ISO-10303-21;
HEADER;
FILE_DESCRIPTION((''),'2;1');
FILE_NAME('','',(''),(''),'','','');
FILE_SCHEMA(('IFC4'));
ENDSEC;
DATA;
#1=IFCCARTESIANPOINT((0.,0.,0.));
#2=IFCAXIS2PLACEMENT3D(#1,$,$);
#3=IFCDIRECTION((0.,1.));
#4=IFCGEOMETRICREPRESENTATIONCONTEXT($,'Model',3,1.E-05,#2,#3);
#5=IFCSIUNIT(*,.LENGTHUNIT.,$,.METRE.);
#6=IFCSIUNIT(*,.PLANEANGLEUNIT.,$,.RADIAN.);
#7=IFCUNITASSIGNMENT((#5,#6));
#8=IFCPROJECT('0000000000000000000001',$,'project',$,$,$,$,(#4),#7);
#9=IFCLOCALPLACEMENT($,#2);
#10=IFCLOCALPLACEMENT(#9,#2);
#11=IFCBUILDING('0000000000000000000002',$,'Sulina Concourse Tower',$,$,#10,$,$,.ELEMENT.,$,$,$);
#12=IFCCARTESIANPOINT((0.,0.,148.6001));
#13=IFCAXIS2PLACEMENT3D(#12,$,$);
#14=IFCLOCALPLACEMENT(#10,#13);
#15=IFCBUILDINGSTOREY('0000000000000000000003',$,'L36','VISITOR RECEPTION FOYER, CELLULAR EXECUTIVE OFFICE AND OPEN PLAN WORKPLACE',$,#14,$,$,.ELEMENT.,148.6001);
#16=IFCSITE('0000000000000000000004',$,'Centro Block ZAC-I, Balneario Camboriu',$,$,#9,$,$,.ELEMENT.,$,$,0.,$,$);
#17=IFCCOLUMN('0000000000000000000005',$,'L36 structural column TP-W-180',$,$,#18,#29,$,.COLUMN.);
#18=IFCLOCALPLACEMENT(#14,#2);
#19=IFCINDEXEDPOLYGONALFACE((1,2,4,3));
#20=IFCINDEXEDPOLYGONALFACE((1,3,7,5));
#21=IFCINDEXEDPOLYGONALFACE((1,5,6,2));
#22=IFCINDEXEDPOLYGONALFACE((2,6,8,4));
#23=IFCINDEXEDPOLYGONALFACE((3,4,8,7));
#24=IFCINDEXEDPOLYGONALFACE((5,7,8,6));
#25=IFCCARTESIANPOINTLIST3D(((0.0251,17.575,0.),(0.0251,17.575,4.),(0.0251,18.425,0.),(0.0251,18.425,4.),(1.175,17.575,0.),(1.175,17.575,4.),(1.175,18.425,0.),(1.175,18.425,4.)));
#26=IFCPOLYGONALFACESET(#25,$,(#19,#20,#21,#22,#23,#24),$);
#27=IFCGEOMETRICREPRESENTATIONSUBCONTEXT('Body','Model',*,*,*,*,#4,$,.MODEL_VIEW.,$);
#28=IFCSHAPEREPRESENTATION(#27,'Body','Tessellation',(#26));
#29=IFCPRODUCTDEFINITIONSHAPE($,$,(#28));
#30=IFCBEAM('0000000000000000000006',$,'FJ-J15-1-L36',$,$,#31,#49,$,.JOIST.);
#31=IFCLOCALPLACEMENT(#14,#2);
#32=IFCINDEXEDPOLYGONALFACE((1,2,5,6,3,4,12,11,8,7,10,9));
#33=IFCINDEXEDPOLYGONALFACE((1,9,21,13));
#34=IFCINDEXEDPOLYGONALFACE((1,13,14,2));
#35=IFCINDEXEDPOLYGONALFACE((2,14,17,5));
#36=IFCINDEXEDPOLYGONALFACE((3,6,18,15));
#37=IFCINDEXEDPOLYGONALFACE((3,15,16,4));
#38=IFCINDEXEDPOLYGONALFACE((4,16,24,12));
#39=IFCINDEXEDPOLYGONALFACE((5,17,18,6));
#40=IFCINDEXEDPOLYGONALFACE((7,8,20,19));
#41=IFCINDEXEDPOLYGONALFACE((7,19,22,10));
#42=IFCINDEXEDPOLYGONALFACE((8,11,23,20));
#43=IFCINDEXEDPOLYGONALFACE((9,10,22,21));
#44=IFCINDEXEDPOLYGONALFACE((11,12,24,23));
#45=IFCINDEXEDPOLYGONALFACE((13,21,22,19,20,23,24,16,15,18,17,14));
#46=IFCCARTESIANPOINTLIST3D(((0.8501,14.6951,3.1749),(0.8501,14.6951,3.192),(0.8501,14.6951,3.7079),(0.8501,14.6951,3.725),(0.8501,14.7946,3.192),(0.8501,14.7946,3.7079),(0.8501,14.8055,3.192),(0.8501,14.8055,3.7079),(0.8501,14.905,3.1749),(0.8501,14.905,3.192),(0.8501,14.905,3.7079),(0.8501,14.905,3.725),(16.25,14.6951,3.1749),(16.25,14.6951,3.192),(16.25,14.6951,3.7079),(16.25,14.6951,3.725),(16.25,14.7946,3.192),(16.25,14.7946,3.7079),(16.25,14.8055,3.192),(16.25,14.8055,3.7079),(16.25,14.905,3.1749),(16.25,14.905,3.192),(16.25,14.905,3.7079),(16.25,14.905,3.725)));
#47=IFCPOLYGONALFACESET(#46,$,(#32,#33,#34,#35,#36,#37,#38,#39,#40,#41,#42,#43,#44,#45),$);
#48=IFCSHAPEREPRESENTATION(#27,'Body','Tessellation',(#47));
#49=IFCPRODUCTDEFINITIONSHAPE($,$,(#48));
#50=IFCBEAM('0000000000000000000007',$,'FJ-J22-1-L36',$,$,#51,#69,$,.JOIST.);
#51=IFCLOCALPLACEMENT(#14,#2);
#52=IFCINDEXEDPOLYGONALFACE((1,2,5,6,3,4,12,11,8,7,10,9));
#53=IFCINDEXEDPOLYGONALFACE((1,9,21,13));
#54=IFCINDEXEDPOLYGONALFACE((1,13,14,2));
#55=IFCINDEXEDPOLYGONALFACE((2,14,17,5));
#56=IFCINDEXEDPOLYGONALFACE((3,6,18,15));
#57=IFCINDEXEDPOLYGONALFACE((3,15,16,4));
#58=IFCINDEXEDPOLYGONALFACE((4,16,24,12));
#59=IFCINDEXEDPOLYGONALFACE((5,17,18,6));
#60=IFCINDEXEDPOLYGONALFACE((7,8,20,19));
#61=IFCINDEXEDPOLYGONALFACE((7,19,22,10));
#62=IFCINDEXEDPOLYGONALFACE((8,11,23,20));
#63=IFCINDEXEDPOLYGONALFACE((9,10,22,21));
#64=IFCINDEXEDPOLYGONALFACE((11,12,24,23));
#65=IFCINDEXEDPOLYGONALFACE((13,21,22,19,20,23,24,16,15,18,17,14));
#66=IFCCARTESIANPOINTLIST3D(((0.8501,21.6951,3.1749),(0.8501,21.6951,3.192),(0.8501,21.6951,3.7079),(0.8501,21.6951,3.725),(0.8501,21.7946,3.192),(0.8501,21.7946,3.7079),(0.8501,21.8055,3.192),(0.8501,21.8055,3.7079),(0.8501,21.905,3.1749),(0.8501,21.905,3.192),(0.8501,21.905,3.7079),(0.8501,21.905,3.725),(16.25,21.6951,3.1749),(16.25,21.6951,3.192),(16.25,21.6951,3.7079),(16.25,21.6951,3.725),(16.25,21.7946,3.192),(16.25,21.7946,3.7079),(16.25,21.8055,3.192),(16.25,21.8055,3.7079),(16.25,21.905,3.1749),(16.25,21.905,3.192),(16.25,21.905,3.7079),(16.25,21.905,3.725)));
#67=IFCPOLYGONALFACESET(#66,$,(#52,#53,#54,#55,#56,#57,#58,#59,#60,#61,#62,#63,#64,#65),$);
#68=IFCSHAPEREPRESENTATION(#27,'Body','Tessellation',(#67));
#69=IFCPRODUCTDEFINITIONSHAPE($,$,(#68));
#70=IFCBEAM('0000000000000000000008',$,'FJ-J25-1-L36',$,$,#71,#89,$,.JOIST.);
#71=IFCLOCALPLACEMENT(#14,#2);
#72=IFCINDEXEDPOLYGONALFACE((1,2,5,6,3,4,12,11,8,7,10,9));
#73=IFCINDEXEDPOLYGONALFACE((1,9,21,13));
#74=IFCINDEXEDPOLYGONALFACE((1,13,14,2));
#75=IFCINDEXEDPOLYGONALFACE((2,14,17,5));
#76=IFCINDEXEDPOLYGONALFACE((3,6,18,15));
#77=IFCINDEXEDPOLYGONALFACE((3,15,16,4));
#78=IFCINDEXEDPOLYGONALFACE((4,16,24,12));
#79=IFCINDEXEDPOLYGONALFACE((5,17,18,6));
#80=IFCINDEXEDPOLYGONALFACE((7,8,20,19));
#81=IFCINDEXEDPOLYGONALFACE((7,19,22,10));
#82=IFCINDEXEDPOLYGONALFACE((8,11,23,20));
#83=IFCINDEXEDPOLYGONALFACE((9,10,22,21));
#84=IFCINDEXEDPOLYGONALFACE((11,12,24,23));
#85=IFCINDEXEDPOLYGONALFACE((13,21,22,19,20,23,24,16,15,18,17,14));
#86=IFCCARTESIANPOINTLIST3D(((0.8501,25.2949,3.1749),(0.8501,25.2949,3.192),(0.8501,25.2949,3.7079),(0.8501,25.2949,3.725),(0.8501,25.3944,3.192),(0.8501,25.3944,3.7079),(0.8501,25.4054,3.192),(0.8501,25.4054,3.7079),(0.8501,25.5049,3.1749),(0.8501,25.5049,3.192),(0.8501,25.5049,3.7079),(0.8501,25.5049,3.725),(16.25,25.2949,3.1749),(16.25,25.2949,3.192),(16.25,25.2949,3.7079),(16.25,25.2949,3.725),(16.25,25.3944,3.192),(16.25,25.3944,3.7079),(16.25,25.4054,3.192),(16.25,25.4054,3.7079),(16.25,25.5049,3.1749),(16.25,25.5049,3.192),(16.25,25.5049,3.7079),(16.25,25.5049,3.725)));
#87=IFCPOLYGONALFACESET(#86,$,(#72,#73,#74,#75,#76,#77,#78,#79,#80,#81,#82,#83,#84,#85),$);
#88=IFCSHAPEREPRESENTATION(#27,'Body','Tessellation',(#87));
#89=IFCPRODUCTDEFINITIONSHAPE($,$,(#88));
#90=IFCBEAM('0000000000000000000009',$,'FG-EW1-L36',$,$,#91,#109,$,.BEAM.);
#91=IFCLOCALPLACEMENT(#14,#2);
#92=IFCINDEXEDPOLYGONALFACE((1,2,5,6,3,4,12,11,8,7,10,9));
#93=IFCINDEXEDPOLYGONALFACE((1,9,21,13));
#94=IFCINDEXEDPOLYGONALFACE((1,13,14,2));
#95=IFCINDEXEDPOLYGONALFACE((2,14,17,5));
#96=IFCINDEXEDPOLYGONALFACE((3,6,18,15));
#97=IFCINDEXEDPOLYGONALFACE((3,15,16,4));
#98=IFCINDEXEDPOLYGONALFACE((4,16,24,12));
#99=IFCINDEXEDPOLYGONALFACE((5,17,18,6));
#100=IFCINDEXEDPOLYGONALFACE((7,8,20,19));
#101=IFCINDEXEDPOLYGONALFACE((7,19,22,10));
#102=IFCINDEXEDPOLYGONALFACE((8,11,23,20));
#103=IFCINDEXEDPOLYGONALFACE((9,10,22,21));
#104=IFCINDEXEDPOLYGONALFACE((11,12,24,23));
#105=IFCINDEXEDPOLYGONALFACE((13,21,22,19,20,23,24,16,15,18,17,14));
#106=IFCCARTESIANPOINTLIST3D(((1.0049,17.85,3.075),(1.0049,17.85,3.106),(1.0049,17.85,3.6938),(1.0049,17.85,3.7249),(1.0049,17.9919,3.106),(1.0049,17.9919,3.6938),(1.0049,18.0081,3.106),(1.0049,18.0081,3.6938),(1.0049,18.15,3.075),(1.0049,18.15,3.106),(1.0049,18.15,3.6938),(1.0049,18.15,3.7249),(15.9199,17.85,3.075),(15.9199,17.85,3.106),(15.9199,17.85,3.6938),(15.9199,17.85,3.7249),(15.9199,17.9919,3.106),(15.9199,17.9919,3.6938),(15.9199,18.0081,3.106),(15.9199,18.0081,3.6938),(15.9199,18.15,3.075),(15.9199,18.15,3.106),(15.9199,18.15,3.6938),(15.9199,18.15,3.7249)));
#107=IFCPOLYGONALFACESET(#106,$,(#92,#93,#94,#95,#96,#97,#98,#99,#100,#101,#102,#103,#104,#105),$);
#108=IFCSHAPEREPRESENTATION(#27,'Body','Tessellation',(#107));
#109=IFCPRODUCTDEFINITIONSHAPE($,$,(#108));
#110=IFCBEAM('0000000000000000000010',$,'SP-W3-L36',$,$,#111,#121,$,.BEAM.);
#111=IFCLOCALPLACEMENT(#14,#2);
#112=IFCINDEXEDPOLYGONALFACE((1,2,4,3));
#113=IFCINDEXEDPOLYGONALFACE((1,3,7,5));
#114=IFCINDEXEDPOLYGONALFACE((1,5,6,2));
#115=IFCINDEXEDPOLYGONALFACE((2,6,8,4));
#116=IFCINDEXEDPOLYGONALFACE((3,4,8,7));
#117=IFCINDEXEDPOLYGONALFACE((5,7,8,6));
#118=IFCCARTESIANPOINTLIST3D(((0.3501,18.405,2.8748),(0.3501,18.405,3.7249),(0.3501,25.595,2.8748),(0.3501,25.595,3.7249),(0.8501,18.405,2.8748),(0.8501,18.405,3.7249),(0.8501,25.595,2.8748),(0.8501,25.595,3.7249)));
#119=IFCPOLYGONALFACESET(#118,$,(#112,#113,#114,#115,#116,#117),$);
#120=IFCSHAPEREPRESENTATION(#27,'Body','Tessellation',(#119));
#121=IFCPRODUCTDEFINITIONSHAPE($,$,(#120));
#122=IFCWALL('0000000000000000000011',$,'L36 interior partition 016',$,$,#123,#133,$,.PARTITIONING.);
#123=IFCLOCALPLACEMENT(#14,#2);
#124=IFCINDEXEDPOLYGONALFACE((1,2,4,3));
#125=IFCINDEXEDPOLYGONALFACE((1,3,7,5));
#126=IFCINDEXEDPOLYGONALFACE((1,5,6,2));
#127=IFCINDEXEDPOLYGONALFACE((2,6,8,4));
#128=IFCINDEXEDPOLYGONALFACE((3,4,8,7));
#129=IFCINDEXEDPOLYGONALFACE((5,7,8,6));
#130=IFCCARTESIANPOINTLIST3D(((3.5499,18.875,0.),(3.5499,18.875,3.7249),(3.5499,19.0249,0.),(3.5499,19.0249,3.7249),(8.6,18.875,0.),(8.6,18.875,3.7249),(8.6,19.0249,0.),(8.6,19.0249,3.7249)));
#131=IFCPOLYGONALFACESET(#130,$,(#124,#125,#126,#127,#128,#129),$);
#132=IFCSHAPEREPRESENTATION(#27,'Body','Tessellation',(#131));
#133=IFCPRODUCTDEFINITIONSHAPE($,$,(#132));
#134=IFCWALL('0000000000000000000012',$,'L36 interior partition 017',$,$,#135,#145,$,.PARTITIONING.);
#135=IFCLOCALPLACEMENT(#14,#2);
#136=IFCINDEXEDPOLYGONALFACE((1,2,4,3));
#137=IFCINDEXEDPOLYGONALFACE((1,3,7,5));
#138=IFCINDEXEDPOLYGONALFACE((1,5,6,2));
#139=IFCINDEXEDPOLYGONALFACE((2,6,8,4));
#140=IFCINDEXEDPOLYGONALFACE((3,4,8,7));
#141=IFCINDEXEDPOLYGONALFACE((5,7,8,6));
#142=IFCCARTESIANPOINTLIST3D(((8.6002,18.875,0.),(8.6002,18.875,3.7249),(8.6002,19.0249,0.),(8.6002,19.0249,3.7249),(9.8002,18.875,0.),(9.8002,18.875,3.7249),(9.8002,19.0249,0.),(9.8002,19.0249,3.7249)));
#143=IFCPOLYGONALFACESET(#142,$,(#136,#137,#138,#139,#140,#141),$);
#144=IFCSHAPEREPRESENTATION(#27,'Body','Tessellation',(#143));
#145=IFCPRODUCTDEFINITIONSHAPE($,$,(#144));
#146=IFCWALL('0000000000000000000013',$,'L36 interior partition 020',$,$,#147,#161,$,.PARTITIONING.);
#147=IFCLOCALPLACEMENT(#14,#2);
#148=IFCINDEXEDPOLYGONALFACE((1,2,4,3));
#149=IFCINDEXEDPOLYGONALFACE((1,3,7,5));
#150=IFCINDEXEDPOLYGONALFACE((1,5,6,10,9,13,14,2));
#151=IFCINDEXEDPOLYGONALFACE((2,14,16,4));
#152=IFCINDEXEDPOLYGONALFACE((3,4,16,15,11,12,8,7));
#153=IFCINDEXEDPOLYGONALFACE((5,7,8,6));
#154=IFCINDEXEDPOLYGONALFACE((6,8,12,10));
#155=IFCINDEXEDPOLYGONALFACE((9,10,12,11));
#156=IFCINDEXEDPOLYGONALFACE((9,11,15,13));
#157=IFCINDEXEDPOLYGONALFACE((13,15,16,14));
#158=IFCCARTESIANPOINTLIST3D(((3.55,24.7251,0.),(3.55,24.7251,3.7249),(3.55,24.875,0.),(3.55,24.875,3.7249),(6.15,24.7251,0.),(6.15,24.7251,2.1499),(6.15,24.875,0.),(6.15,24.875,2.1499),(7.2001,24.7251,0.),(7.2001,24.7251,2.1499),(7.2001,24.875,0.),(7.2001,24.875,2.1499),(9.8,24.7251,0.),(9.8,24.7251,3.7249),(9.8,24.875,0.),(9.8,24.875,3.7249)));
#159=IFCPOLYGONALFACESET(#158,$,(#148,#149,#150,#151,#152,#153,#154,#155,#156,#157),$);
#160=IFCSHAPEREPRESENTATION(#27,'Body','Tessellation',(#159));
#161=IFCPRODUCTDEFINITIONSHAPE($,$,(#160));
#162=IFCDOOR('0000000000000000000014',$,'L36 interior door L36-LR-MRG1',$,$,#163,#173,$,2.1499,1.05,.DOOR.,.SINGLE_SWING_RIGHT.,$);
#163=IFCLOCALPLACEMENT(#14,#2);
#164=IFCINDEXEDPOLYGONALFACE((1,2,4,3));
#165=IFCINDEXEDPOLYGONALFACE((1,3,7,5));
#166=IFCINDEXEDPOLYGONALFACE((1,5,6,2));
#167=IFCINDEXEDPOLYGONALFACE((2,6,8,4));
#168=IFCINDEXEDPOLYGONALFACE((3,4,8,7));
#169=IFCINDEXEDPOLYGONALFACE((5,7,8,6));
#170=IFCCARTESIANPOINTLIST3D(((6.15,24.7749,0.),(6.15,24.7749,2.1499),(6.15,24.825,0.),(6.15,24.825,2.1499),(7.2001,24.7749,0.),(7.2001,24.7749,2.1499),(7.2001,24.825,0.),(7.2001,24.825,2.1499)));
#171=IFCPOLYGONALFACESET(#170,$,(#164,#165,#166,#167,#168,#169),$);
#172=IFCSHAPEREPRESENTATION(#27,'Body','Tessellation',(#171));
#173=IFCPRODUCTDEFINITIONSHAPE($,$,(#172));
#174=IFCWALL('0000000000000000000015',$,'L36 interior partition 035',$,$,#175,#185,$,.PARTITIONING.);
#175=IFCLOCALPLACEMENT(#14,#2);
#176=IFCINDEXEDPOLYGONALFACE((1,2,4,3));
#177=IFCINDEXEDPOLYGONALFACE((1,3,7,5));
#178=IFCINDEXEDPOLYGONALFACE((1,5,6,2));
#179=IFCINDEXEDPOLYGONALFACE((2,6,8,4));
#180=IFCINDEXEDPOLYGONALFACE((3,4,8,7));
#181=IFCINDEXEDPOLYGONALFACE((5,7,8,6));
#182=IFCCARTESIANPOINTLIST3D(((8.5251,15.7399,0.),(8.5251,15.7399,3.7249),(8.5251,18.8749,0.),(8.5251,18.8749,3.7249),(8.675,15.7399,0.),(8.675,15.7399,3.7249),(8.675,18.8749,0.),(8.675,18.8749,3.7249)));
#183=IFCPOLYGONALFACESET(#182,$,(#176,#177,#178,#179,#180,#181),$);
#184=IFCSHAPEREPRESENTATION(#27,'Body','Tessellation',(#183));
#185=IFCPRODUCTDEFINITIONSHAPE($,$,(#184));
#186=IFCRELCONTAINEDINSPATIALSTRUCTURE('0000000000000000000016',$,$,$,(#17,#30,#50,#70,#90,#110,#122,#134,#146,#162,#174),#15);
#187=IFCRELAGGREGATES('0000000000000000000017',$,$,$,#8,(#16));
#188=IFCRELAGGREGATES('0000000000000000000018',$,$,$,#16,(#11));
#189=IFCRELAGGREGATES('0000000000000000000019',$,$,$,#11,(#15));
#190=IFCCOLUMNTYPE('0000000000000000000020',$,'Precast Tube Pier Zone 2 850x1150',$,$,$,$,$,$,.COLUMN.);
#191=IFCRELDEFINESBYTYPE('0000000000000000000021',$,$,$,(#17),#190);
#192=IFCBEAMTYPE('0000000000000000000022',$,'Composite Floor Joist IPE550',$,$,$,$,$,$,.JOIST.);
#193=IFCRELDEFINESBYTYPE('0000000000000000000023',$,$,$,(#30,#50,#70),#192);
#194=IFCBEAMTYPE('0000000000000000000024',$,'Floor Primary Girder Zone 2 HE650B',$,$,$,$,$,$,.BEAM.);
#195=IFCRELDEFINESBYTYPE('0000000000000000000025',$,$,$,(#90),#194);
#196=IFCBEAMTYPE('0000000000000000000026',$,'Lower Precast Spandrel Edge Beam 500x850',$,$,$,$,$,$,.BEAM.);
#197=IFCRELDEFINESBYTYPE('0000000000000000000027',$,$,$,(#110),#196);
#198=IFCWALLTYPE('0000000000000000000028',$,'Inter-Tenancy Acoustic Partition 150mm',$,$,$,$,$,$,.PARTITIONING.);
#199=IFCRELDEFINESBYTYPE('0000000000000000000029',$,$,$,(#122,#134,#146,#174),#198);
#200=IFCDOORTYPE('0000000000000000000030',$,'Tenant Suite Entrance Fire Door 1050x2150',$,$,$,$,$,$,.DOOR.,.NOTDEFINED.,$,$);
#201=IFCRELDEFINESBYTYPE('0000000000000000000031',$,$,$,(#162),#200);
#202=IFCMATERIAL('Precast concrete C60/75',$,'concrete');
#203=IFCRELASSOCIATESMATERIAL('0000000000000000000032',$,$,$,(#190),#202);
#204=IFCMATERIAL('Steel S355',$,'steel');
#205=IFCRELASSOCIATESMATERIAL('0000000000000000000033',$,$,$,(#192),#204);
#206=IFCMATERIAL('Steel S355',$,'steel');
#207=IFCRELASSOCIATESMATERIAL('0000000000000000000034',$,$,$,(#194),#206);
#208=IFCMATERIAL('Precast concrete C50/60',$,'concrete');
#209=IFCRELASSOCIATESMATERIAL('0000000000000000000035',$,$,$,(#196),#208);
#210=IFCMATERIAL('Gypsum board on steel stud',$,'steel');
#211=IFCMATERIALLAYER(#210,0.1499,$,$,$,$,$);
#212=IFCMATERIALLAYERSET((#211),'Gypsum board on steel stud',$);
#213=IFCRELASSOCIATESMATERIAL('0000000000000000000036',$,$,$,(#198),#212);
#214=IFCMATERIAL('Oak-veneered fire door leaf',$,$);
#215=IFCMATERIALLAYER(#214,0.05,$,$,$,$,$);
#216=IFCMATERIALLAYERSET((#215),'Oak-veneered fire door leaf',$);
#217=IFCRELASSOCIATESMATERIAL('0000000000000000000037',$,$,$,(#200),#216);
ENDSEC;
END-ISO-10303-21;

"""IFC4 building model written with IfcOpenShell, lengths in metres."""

from ifc_helpers import new_model, si_unit, direction, frame, frame_2d, origin, origin_2d, place, context, subcontext, project, spatial, rectangle, i_section, extrude, material, layer, layer_set, material_profile, profile_set, type_object, element, fill, save


model = new_model("IFC4")

# Units and contexts
model_context = context("Model", 3, precision=1e-05, world=origin(), true_north=direction((0.0, 1.0)))
body_context = subcontext(model_context, "Body", "Model", "MODEL_VIEW")
ifc_project = project(units=[si_unit("LENGTHUNIT", "METRE"), si_unit("PLANEANGLEUNIT", "RADIAN")], contexts=[model_context])

# Site, building, storey
site_placement = place(None, origin())
site = spatial("IfcSite", under=ifc_project, at=site_placement, Name="Centro Block ZAC-I, Balneario Camboriu", CompositionType="ELEMENT", RefElevation=0.0)
building_placement = place(site_placement, origin())
building = spatial("IfcBuilding", under=site, at=building_placement, Name="Sulina Concourse Tower", CompositionType="ELEMENT")
storey_placement = place(building_placement, frame((0.0, 0.0, 148.6001)))
storey = spatial("IfcBuildingStorey", under=building, at=storey_placement, Name="L36", Description="VISITOR RECEPTION FOYER, CELLULAR EXECUTIVE OFFICE AND OPEN PLAN WORKPLACE", CompositionType="ELEMENT", Elevation=148.6001)

# Column
ifc_material_1 = material(Name="Precast concrete C60/75", Category="concrete")
ifc_material_profile_1 = material_profile(ifc_material_1, rectangle(XDim=0.8501, YDim=1.1499, at=origin_2d()), Name="PC 850x1150")
ifc_profile_set_1 = profile_set([ifc_material_profile_1], Name="Precast concrete C60/75")
column_type = type_object("IfcColumnType", Name="Precast Tube Pier Zone 2 850x1150", PredefinedType="COLUMN", material=ifc_profile_set_1)
column_placement = place(storey_placement, frame((0.6001, 18.0, 0.0), z_axis=(0.0, 0.0, 1.0), x_axis=(0.0, 1.0, 0.0)))
element("IfcColumn", 1, at=column_placement, inside=storey, type_object=column_type, Name="L36 structural column TP-W-180", PredefinedType="COLUMN", context=body_context, shape_type="SweptSolid", body=[
    extrude(rectangle(XDim=0.8501, YDim=1.1499, at=origin_2d()), origin(), (0.0, 0.0, 1.0), 4.0),
])

# Beams
ifc_material_2 = material(Name="Steel S355", Category="steel")
ifc_material_profile_2 = material_profile(ifc_material_2, i_section(OverallWidth=0.21, OverallDepth=0.55, WebThickness=0.011, FlangeThickness=0.0171, at=origin_2d()), Name="IPE 550")
ifc_profile_set_2 = profile_set([ifc_material_profile_2], Name="Steel S355")
beam_type_1 = type_object("IfcBeamType", Name="Composite Floor Joist IPE550", PredefinedType="JOIST", material=ifc_profile_set_2)
for number, where, z_axis, x_axis, name in (
    (2, (0.8501, 14.8, 3.45), (1.0, 0.0, 0.0), (0.0, 1.0, 0.0), "FJ-J15-1-L36"),
    (3, (0.8501, 21.8, 3.45), (1.0, 0.0, 0.0), (0.0, 1.0, 0.0), "FJ-J22-1-L36"),
    (4, (0.8501, 25.3999, 3.45), (1.0, 0.0, 0.0), (0.0, 1.0, 0.0), "FJ-J25-1-L36"),
):
    element("IfcBeam", number, at=place(storey_placement, frame(where, z_axis=z_axis, x_axis=x_axis)), inside=storey, type_object=beam_type_1, Name=name, PredefinedType="JOIST", context=body_context, shape_type="SweptSolid", body=[
        extrude(i_section(OverallWidth=0.21, OverallDepth=0.55, WebThickness=0.011, FlangeThickness=0.0171, at=origin_2d()), origin(), (0.0, 0.0, 1.0), 15.3999),
    ])
ifc_material_3 = material(Name="Steel S355", Category="steel")
ifc_material_profile_3 = material_profile(ifc_material_3, i_section(OverallWidth=0.3, OverallDepth=0.6499, WebThickness=0.0161, FlangeThickness=0.031, at=origin_2d()), Name="HE 650 B")
ifc_profile_set_3 = profile_set([ifc_material_profile_3], Name="Steel S355")
beam_type_2 = type_object("IfcBeamType", Name="Floor Primary Girder Zone 2 HE650B", PredefinedType="BEAM", material=ifc_profile_set_3)
beam_1_placement = place(storey_placement, frame((1.0049, 18.0, 3.3999), z_axis=(1.0, 0.0, 0.0), x_axis=(0.0, 1.0, 0.0)))
element("IfcBeam", 5, at=beam_1_placement, inside=storey, type_object=beam_type_2, Name="FG-EW1-L36", PredefinedType="BEAM", context=body_context, shape_type="SweptSolid", body=[
    extrude(i_section(OverallWidth=0.3, OverallDepth=0.6499, WebThickness=0.0161, FlangeThickness=0.031, at=origin_2d()), origin(), (0.0, 0.0, 1.0), 14.915),
])
ifc_material_4 = material(Name="Precast concrete C50/60", Category="concrete")
ifc_material_profile_4 = material_profile(ifc_material_4, rectangle(XDim=0.5, YDim=0.8501, at=origin_2d()), Name="RC 500x850")
ifc_profile_set_4 = profile_set([ifc_material_profile_4], Name="Precast concrete C50/60")
beam_type_3 = type_object("IfcBeamType", Name="Lower Precast Spandrel Edge Beam 500x850", PredefinedType="BEAM", material=ifc_profile_set_4)
beam_2_placement = place(storey_placement, frame((0.6001, 18.405, 3.2998), z_axis=(0.0, 1.0, 0.0), x_axis=(-1.0, 0.0, 0.0)))
element("IfcBeam", 6, at=beam_2_placement, inside=storey, type_object=beam_type_3, Name="SP-W3-L36", PredefinedType="BEAM", context=body_context, shape_type="SweptSolid", body=[
    extrude(rectangle(XDim=0.5, YDim=0.8501, at=origin_2d()), origin(), (0.0, 0.0, 1.0), 7.1899),
])

# Walls
ifc_material_5 = material(Name="Gypsum board on steel stud", Category="steel")
ifc_layer_1 = layer(ifc_material_5, 0.1499)
ifc_layer_set_1 = layer_set([ifc_layer_1], Name="Gypsum board on steel stud")
wall_type_1 = type_object("IfcWallType", Name="Inter-Tenancy Acoustic Partition 150mm", PredefinedType="PARTITIONING", material=ifc_layer_set_1)
wall_1_placement = place(storey_placement, frame((3.55, 18.95, 0.0), z_axis=(0.0, 0.0, 1.0), x_axis=(1.0, 0.0, 0.0)))
element("IfcWall", 7, at=wall_1_placement, inside=storey, type_object=wall_type_1, Name="L36 interior partition 016", PredefinedType="PARTITIONING", context=body_context, shape_type="SweptSolid", body=[
    extrude(rectangle(XDim=5.05, YDim=0.1499, at=frame_2d((2.5249, 0.0))), origin(), (0.0, 0.0, 1.0), 3.7249),
])
wall_2_placement = place(storey_placement, frame((8.6001, 18.95, 0.0), z_axis=(0.0, 0.0, 1.0), x_axis=(1.0, 0.0, 0.0)))
element("IfcWall", 8, at=wall_2_placement, inside=storey, type_object=wall_type_1, Name="L36 interior partition 017", PredefinedType="PARTITIONING", context=body_context, shape_type="SweptSolid", body=[
    extrude(rectangle(XDim=1.2, YDim=0.1499, at=frame_2d((0.6001, 0.0))), origin(), (0.0, 0.0, 1.0), 3.7249),
])

# Wall, opening, door
wall_3_placement = place(storey_placement, frame((3.55, 24.8, 0.0), z_axis=(0.0, 0.0, 1.0), x_axis=(1.0, 0.0, 0.0)))
wall_3 = element("IfcWall", 9, at=wall_3_placement, inside=storey, type_object=wall_type_1, Name="L36 interior partition 020", PredefinedType="PARTITIONING", context=body_context, shape_type="SweptSolid", body=[
    extrude(rectangle(XDim=6.25, YDim=0.1499, at=frame_2d((3.125, 0.0))), origin(), (0.0, 0.0, 1.0), 3.7249),
])
opening_1_placement = place(wall_3_placement, frame((2.6001, 0.0, 0.0)))
opening_1 = element("IfcOpeningElement", 10, at=opening_1_placement, cuts=wall_3, PredefinedType="OPENING", context=body_context, shape_type="SweptSolid", body=[
    extrude(rectangle(XDim=1.05, YDim=2.1499, at=frame_2d((0.5249, 1.075))), frame((0.0, 0.085, 0.0), z_axis=(0.0, -1.0, 0.0), x_axis=(1.0, 0.0, 0.0)), (0.0, 0.0, 1.0), 0.1699),
])
ifc_material_6 = material(Name="Oak-veneered fire door leaf")
ifc_layer_2 = layer(ifc_material_6, 0.05)
ifc_layer_set_2 = layer_set([ifc_layer_2], Name="Oak-veneered fire door leaf")
door_type_1 = type_object("IfcDoorType", Name="Tenant Suite Entrance Fire Door 1050x2150", OperationType="NOTDEFINED", PredefinedType="DOOR", material=ifc_layer_set_2)
door_1_placement = place(opening_1_placement, origin())
door_1 = element("IfcDoor", 11, at=door_1_placement, inside=storey, type_object=door_type_1, Name="L36 interior door L36-LR-MRG1", OperationType="SINGLE_SWING_RIGHT", OverallHeight=2.1499, OverallWidth=1.05, PredefinedType="DOOR", context=body_context, shape_type="SweptSolid", body=[
    extrude(rectangle(XDim=1.05, YDim=2.1499, at=frame_2d((0.5249, 1.075))), frame((0.0, 0.0249, 0.0), z_axis=(0.0, -1.0, 0.0), x_axis=(1.0, 0.0, 0.0)), (0.0, 0.0, 1.0), 0.05),
])
fill(opening_1, door_1)

# Wall
wall_4_placement = place(storey_placement, frame((8.6001, 15.74, 0.0), z_axis=(0.0, 0.0, 1.0), x_axis=(0.0, 1.0, 0.0)))
element("IfcWall", 12, at=wall_4_placement, inside=storey, type_object=wall_type_1, Name="L36 interior partition 035", PredefinedType="PARTITIONING", context=body_context, shape_type="SweptSolid", body=[
    extrude(rectangle(XDim=3.135, YDim=0.1499, at=frame_2d((1.5674, 0.0))), origin(), (0.0, 0.0, 1.0), 3.7249),
])

save(model, "model.ifc")
